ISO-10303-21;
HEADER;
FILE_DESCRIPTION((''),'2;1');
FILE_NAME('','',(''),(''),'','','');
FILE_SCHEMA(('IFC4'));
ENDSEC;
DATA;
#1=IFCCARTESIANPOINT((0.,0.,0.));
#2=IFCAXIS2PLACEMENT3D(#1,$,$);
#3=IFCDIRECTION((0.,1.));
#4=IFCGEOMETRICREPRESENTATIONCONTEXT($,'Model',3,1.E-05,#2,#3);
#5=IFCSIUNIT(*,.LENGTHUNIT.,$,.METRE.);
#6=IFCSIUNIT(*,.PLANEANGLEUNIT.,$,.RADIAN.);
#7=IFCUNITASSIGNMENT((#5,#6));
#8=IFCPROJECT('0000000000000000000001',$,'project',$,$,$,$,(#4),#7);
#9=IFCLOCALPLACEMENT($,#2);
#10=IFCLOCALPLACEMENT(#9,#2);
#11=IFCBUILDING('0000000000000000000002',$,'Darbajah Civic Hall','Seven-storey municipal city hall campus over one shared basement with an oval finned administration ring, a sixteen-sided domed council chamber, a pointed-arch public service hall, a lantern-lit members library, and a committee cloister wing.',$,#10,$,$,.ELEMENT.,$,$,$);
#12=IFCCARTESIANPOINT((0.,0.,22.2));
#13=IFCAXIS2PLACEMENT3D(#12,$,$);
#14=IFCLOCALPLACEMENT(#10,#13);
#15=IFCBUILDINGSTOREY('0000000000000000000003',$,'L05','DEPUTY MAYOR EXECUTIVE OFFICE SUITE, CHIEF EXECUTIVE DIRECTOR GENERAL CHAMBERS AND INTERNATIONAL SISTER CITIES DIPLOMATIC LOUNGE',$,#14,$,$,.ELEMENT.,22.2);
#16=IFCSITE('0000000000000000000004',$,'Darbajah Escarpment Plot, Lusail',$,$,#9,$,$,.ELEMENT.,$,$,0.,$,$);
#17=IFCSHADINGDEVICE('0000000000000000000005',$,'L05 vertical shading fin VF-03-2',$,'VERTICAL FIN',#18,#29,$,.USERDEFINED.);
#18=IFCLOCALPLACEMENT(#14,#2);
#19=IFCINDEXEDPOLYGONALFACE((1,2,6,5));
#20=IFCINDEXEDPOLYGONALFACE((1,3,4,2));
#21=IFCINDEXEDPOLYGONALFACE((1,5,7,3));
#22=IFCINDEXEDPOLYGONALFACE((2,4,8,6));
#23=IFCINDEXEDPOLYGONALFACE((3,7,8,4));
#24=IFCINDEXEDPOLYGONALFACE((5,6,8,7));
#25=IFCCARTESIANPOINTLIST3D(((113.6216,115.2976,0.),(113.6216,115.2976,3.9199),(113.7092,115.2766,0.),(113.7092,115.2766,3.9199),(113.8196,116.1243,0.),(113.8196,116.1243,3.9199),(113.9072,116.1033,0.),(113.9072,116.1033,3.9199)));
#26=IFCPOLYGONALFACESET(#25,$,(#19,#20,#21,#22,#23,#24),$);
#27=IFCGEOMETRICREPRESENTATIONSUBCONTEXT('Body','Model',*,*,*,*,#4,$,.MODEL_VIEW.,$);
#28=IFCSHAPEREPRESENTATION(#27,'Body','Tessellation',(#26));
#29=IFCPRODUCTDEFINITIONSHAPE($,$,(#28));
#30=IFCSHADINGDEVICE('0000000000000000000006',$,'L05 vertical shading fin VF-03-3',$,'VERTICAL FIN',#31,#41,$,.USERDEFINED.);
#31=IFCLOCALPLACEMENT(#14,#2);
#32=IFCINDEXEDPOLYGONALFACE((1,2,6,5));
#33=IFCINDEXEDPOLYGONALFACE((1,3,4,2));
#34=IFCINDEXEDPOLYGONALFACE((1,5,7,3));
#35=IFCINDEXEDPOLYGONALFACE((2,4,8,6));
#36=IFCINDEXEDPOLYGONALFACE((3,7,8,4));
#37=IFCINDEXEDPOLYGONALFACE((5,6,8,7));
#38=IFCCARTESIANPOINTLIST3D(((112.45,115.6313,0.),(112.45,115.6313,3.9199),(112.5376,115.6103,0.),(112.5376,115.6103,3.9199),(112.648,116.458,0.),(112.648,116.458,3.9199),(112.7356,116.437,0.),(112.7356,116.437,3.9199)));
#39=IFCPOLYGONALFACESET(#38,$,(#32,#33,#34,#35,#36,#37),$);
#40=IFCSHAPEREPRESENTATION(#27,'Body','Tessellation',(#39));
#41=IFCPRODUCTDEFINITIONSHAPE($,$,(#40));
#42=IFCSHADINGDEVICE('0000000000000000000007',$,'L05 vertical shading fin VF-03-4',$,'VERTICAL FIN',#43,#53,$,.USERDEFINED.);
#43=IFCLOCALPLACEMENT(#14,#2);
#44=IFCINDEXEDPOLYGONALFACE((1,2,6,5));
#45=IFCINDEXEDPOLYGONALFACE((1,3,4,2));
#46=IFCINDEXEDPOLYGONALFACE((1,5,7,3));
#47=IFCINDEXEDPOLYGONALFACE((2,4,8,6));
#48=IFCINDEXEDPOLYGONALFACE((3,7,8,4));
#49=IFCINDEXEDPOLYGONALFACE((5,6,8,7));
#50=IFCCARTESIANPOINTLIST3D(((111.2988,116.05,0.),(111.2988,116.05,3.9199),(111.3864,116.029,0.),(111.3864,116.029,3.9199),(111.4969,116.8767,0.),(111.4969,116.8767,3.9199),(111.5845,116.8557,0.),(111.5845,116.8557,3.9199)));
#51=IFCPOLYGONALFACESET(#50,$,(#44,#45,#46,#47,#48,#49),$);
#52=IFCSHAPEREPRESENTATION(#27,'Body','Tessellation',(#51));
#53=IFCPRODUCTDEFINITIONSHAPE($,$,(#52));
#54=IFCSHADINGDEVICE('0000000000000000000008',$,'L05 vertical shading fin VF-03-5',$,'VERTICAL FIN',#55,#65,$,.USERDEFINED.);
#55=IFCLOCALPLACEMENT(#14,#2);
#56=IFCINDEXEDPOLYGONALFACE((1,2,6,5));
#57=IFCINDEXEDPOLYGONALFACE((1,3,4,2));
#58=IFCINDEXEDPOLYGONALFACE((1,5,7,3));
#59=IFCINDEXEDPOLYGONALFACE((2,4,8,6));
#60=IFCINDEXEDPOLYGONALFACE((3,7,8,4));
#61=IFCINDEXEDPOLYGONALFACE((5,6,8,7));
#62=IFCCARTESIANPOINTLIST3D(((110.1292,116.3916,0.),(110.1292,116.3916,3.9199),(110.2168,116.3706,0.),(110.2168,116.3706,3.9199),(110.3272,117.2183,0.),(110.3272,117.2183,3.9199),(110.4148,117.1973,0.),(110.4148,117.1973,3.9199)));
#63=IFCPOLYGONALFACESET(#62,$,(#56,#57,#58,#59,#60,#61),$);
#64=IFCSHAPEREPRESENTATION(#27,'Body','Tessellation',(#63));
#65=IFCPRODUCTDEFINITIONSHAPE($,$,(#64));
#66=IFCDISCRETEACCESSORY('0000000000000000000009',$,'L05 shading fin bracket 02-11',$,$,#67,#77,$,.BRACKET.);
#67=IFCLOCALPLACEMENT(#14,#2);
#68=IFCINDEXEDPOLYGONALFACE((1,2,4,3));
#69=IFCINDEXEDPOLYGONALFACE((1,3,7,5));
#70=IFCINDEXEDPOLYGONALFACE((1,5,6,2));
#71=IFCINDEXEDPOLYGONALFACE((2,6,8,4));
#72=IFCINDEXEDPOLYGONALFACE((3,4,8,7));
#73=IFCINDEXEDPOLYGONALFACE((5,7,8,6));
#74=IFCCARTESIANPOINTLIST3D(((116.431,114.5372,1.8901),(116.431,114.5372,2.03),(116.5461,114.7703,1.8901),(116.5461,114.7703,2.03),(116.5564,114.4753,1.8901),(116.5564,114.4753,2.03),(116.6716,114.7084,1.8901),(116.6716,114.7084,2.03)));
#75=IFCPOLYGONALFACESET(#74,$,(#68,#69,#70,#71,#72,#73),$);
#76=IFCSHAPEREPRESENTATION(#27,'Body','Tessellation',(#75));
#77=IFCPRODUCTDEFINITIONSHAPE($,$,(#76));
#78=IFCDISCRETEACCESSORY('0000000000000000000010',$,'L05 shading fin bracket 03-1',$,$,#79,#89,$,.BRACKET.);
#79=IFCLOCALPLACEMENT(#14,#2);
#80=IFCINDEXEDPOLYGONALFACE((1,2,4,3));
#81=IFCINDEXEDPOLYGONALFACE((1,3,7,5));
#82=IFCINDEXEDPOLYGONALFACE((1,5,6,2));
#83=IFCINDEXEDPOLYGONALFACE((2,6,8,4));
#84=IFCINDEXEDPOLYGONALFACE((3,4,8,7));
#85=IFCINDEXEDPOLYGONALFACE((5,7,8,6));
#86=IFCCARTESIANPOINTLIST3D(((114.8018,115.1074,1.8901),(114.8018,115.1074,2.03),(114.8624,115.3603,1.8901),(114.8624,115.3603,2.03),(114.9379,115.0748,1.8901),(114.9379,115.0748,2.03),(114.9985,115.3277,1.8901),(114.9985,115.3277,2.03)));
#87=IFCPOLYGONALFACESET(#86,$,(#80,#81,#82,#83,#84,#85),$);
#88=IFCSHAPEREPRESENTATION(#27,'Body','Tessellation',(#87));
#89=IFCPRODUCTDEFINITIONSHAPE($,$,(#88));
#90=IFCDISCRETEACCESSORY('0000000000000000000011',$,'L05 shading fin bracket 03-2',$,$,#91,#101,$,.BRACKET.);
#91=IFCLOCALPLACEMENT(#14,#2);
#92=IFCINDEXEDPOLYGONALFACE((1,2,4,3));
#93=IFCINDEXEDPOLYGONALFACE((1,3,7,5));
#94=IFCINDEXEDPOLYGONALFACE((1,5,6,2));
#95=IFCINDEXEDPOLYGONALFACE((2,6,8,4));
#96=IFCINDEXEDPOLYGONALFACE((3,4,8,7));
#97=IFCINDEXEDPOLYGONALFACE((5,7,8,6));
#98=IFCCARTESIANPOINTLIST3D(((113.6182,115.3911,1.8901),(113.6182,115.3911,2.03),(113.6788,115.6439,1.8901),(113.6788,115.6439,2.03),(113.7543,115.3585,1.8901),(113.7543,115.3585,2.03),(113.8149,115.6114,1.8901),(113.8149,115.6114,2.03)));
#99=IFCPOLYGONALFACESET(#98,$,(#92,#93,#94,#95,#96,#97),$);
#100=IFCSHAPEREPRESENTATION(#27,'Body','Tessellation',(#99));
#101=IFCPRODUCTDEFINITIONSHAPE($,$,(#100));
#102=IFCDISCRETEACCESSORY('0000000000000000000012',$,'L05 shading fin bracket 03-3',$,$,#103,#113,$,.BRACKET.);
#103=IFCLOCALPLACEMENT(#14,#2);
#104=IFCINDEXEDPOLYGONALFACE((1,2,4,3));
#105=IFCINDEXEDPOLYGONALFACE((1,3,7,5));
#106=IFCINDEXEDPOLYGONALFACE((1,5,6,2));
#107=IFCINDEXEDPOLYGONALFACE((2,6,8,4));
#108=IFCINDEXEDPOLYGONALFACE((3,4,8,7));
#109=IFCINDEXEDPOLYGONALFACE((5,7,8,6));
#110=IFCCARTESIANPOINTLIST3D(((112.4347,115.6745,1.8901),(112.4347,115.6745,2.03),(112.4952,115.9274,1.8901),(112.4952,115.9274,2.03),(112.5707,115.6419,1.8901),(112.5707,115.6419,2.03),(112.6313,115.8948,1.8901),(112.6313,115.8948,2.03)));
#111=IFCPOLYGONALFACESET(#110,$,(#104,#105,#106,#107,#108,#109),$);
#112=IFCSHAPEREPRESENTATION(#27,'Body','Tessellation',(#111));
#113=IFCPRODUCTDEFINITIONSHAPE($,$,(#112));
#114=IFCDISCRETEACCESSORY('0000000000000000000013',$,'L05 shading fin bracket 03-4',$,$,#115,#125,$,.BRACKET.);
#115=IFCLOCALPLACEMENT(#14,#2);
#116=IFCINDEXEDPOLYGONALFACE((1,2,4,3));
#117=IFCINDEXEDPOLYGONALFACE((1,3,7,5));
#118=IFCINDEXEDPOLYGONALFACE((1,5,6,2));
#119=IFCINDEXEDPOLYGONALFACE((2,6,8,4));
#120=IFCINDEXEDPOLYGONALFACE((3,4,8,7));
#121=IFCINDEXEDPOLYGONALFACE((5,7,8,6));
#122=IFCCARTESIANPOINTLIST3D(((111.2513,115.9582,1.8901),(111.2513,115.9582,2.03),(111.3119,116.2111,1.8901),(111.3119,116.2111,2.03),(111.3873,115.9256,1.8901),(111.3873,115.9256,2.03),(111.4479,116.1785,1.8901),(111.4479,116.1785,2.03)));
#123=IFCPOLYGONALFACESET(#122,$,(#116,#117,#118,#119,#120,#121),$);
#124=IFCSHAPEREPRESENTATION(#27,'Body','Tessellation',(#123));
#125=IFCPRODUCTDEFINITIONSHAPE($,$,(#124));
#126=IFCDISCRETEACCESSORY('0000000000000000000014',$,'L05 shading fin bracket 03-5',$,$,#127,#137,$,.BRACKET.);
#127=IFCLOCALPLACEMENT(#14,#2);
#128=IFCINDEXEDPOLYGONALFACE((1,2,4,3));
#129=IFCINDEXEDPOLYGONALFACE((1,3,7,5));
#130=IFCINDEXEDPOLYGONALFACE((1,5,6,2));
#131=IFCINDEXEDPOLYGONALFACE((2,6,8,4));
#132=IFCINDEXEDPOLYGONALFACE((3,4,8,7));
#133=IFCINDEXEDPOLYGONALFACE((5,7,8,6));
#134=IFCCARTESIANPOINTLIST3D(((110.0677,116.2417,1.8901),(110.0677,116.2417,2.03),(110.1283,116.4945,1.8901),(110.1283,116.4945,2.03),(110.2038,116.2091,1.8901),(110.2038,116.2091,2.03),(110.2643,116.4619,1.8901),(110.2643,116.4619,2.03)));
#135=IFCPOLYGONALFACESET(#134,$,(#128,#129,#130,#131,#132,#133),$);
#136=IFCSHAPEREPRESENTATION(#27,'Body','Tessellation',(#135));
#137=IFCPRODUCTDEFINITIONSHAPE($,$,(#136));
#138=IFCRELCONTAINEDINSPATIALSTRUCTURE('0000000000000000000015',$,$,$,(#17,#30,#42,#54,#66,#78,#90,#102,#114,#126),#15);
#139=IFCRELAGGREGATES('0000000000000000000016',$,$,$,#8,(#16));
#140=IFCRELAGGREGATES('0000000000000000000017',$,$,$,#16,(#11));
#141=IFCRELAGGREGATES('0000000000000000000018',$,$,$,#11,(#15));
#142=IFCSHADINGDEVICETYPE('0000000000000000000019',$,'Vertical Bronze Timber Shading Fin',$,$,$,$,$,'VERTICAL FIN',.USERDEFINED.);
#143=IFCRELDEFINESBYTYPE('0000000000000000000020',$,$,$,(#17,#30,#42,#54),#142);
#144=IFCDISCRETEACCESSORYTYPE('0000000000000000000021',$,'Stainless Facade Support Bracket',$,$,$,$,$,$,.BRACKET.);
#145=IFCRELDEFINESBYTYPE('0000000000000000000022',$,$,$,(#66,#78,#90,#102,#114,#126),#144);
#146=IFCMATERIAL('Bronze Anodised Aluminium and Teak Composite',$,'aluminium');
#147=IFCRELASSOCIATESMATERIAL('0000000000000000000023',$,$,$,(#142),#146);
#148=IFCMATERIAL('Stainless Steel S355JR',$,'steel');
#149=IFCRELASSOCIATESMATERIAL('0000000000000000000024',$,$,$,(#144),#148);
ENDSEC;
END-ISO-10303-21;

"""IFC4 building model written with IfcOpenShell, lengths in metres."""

from ifc_helpers import new_model, si_unit, direction, frame, origin, origin_2d, place, context, subcontext, project, spatial, rectangle, extrude, material, type_object, element, save


model = new_model("IFC4")

# Units and contexts
model_context = context("Model", 3, precision=1e-05, world=origin(), true_north=direction((0.0, 1.0)))
body_context = subcontext(model_context, "Body", "Model", "MODEL_VIEW")
ifc_project = project(units=[si_unit("LENGTHUNIT", "METRE"), si_unit("PLANEANGLEUNIT", "RADIAN")], contexts=[model_context])

# Site, building, storey
site_placement = place(None, origin())
site = spatial("IfcSite", under=ifc_project, at=site_placement, Name="Darbajah Escarpment Plot, Lusail", CompositionType="ELEMENT", RefElevation=0.0)
building_placement = place(site_placement, origin())
building = spatial("IfcBuilding", under=site, at=building_placement, Name="Darbajah Civic Hall", Description="Seven-storey municipal city hall campus over one shared basement with an oval finned administration ring, a sixteen-sided domed council chamber, a pointed-arch public service hall, a lantern-lit members library, and a committee cloister wing.", CompositionType="ELEMENT")
storey_placement = place(building_placement, frame((0.0, 0.0, 22.2)))
storey = spatial("IfcBuildingStorey", under=building, at=storey_placement, Name="L05", Description="DEPUTY MAYOR EXECUTIVE OFFICE SUITE, CHIEF EXECUTIVE DIRECTOR GENERAL CHAMBERS AND INTERNATIONAL SISTER CITIES DIPLOMATIC LOUNGE", CompositionType="ELEMENT", Elevation=22.2)

# Shading devices
ifc_material_1 = material(Name="Bronze Anodised Aluminium and Teak Composite", Category="aluminium")
shading_device_type = type_object("IfcShadingDeviceType", Name="Vertical Bronze Timber Shading Fin", ElementType="VERTICAL FIN", PredefinedType="USERDEFINED", material=ifc_material_1)
for number, where, z_axis, x_axis, name in (
    (1, (113.7644, 115.7004, 0.0), (0.0, 0.0, 1.0), (0.232936, 0.972492, 0.0), "L05 vertical shading fin VF-03-2"),
    (2, (112.5928, 116.0342, 0.0), (0.0, 0.0, 1.0), (0.232936, 0.972492, 0.0), "L05 vertical shading fin VF-03-3"),
    (3, (111.4417, 116.4529, 0.0), (0.0, 0.0, 1.0), (0.232936, 0.972492, 0.0), "L05 vertical shading fin VF-03-4"),
    (4, (110.272, 116.7944, 0.0), (0.0, 0.0, 1.0), (0.232936, 0.972492, 0.0), "L05 vertical shading fin VF-03-5"),
):
    element("IfcShadingDevice", number, at=place(storey_placement, frame(where, z_axis=z_axis, x_axis=x_axis)), inside=storey, type_object=shading_device_type, Name=name, ObjectType="VERTICAL FIN", PredefinedType="USERDEFINED", context=body_context, shape_type="SweptSolid", body=[
        extrude(rectangle(XDim=0.8501, YDim=0.0901, at=origin_2d()), origin(), (0.0, 0.0, 1.0), 3.9199),
    ])

# Discrete accessories
ifc_material_2 = material(Name="Stainless Steel S355JR", Category="steel")
discrete_accessory_type = type_object("IfcDiscreteAccessoryType", Name="Stainless Facade Support Bracket", PredefinedType="BRACKET", material=ifc_material_2)
for number, where, z_axis, x_axis, name in (
    (5, (116.5513, 114.6228, 1.8901), (0.0, 0.0, 1.0), (0.442915, 0.896564, 0.0), "L05 shading fin bracket 02-11"),
    (6, (114.9001, 115.2175, 1.8901), (0.0, 0.0, 1.0), (0.232936, 0.972492, 0.0), "L05 shading fin bracket 03-1"),
    (7, (113.7166, 115.5012, 1.8901), (0.0, 0.0, 1.0), (0.232936, 0.972492, 0.0), "L05 shading fin bracket 03-2"),
    (8, (112.533, 115.7847, 1.8901), (0.0, 0.0, 1.0), (0.232936, 0.972492, 0.0), "L05 shading fin bracket 03-3"),
    (9, (111.3496, 116.0684, 1.8901), (0.0, 0.0, 1.0), (0.232936, 0.972492, 0.0), "L05 shading fin bracket 03-4"),
    (10, (110.166, 116.3518, 1.8901), (0.0, 0.0, 1.0), (0.232936, 0.972492, 0.0), "L05 shading fin bracket 03-5"),
):
    element("IfcDiscreteAccessory", number, at=place(storey_placement, frame(where, z_axis=z_axis, x_axis=x_axis)), inside=storey, type_object=discrete_accessory_type, Name=name, PredefinedType="BRACKET", context=body_context, shape_type="SweptSolid", body=[
        extrude(rectangle(XDim=0.26, YDim=0.1399, at=origin_2d()), origin(), (0.0, 0.0, 1.0), 0.1399),
    ])

save(model, "model.ifc")
